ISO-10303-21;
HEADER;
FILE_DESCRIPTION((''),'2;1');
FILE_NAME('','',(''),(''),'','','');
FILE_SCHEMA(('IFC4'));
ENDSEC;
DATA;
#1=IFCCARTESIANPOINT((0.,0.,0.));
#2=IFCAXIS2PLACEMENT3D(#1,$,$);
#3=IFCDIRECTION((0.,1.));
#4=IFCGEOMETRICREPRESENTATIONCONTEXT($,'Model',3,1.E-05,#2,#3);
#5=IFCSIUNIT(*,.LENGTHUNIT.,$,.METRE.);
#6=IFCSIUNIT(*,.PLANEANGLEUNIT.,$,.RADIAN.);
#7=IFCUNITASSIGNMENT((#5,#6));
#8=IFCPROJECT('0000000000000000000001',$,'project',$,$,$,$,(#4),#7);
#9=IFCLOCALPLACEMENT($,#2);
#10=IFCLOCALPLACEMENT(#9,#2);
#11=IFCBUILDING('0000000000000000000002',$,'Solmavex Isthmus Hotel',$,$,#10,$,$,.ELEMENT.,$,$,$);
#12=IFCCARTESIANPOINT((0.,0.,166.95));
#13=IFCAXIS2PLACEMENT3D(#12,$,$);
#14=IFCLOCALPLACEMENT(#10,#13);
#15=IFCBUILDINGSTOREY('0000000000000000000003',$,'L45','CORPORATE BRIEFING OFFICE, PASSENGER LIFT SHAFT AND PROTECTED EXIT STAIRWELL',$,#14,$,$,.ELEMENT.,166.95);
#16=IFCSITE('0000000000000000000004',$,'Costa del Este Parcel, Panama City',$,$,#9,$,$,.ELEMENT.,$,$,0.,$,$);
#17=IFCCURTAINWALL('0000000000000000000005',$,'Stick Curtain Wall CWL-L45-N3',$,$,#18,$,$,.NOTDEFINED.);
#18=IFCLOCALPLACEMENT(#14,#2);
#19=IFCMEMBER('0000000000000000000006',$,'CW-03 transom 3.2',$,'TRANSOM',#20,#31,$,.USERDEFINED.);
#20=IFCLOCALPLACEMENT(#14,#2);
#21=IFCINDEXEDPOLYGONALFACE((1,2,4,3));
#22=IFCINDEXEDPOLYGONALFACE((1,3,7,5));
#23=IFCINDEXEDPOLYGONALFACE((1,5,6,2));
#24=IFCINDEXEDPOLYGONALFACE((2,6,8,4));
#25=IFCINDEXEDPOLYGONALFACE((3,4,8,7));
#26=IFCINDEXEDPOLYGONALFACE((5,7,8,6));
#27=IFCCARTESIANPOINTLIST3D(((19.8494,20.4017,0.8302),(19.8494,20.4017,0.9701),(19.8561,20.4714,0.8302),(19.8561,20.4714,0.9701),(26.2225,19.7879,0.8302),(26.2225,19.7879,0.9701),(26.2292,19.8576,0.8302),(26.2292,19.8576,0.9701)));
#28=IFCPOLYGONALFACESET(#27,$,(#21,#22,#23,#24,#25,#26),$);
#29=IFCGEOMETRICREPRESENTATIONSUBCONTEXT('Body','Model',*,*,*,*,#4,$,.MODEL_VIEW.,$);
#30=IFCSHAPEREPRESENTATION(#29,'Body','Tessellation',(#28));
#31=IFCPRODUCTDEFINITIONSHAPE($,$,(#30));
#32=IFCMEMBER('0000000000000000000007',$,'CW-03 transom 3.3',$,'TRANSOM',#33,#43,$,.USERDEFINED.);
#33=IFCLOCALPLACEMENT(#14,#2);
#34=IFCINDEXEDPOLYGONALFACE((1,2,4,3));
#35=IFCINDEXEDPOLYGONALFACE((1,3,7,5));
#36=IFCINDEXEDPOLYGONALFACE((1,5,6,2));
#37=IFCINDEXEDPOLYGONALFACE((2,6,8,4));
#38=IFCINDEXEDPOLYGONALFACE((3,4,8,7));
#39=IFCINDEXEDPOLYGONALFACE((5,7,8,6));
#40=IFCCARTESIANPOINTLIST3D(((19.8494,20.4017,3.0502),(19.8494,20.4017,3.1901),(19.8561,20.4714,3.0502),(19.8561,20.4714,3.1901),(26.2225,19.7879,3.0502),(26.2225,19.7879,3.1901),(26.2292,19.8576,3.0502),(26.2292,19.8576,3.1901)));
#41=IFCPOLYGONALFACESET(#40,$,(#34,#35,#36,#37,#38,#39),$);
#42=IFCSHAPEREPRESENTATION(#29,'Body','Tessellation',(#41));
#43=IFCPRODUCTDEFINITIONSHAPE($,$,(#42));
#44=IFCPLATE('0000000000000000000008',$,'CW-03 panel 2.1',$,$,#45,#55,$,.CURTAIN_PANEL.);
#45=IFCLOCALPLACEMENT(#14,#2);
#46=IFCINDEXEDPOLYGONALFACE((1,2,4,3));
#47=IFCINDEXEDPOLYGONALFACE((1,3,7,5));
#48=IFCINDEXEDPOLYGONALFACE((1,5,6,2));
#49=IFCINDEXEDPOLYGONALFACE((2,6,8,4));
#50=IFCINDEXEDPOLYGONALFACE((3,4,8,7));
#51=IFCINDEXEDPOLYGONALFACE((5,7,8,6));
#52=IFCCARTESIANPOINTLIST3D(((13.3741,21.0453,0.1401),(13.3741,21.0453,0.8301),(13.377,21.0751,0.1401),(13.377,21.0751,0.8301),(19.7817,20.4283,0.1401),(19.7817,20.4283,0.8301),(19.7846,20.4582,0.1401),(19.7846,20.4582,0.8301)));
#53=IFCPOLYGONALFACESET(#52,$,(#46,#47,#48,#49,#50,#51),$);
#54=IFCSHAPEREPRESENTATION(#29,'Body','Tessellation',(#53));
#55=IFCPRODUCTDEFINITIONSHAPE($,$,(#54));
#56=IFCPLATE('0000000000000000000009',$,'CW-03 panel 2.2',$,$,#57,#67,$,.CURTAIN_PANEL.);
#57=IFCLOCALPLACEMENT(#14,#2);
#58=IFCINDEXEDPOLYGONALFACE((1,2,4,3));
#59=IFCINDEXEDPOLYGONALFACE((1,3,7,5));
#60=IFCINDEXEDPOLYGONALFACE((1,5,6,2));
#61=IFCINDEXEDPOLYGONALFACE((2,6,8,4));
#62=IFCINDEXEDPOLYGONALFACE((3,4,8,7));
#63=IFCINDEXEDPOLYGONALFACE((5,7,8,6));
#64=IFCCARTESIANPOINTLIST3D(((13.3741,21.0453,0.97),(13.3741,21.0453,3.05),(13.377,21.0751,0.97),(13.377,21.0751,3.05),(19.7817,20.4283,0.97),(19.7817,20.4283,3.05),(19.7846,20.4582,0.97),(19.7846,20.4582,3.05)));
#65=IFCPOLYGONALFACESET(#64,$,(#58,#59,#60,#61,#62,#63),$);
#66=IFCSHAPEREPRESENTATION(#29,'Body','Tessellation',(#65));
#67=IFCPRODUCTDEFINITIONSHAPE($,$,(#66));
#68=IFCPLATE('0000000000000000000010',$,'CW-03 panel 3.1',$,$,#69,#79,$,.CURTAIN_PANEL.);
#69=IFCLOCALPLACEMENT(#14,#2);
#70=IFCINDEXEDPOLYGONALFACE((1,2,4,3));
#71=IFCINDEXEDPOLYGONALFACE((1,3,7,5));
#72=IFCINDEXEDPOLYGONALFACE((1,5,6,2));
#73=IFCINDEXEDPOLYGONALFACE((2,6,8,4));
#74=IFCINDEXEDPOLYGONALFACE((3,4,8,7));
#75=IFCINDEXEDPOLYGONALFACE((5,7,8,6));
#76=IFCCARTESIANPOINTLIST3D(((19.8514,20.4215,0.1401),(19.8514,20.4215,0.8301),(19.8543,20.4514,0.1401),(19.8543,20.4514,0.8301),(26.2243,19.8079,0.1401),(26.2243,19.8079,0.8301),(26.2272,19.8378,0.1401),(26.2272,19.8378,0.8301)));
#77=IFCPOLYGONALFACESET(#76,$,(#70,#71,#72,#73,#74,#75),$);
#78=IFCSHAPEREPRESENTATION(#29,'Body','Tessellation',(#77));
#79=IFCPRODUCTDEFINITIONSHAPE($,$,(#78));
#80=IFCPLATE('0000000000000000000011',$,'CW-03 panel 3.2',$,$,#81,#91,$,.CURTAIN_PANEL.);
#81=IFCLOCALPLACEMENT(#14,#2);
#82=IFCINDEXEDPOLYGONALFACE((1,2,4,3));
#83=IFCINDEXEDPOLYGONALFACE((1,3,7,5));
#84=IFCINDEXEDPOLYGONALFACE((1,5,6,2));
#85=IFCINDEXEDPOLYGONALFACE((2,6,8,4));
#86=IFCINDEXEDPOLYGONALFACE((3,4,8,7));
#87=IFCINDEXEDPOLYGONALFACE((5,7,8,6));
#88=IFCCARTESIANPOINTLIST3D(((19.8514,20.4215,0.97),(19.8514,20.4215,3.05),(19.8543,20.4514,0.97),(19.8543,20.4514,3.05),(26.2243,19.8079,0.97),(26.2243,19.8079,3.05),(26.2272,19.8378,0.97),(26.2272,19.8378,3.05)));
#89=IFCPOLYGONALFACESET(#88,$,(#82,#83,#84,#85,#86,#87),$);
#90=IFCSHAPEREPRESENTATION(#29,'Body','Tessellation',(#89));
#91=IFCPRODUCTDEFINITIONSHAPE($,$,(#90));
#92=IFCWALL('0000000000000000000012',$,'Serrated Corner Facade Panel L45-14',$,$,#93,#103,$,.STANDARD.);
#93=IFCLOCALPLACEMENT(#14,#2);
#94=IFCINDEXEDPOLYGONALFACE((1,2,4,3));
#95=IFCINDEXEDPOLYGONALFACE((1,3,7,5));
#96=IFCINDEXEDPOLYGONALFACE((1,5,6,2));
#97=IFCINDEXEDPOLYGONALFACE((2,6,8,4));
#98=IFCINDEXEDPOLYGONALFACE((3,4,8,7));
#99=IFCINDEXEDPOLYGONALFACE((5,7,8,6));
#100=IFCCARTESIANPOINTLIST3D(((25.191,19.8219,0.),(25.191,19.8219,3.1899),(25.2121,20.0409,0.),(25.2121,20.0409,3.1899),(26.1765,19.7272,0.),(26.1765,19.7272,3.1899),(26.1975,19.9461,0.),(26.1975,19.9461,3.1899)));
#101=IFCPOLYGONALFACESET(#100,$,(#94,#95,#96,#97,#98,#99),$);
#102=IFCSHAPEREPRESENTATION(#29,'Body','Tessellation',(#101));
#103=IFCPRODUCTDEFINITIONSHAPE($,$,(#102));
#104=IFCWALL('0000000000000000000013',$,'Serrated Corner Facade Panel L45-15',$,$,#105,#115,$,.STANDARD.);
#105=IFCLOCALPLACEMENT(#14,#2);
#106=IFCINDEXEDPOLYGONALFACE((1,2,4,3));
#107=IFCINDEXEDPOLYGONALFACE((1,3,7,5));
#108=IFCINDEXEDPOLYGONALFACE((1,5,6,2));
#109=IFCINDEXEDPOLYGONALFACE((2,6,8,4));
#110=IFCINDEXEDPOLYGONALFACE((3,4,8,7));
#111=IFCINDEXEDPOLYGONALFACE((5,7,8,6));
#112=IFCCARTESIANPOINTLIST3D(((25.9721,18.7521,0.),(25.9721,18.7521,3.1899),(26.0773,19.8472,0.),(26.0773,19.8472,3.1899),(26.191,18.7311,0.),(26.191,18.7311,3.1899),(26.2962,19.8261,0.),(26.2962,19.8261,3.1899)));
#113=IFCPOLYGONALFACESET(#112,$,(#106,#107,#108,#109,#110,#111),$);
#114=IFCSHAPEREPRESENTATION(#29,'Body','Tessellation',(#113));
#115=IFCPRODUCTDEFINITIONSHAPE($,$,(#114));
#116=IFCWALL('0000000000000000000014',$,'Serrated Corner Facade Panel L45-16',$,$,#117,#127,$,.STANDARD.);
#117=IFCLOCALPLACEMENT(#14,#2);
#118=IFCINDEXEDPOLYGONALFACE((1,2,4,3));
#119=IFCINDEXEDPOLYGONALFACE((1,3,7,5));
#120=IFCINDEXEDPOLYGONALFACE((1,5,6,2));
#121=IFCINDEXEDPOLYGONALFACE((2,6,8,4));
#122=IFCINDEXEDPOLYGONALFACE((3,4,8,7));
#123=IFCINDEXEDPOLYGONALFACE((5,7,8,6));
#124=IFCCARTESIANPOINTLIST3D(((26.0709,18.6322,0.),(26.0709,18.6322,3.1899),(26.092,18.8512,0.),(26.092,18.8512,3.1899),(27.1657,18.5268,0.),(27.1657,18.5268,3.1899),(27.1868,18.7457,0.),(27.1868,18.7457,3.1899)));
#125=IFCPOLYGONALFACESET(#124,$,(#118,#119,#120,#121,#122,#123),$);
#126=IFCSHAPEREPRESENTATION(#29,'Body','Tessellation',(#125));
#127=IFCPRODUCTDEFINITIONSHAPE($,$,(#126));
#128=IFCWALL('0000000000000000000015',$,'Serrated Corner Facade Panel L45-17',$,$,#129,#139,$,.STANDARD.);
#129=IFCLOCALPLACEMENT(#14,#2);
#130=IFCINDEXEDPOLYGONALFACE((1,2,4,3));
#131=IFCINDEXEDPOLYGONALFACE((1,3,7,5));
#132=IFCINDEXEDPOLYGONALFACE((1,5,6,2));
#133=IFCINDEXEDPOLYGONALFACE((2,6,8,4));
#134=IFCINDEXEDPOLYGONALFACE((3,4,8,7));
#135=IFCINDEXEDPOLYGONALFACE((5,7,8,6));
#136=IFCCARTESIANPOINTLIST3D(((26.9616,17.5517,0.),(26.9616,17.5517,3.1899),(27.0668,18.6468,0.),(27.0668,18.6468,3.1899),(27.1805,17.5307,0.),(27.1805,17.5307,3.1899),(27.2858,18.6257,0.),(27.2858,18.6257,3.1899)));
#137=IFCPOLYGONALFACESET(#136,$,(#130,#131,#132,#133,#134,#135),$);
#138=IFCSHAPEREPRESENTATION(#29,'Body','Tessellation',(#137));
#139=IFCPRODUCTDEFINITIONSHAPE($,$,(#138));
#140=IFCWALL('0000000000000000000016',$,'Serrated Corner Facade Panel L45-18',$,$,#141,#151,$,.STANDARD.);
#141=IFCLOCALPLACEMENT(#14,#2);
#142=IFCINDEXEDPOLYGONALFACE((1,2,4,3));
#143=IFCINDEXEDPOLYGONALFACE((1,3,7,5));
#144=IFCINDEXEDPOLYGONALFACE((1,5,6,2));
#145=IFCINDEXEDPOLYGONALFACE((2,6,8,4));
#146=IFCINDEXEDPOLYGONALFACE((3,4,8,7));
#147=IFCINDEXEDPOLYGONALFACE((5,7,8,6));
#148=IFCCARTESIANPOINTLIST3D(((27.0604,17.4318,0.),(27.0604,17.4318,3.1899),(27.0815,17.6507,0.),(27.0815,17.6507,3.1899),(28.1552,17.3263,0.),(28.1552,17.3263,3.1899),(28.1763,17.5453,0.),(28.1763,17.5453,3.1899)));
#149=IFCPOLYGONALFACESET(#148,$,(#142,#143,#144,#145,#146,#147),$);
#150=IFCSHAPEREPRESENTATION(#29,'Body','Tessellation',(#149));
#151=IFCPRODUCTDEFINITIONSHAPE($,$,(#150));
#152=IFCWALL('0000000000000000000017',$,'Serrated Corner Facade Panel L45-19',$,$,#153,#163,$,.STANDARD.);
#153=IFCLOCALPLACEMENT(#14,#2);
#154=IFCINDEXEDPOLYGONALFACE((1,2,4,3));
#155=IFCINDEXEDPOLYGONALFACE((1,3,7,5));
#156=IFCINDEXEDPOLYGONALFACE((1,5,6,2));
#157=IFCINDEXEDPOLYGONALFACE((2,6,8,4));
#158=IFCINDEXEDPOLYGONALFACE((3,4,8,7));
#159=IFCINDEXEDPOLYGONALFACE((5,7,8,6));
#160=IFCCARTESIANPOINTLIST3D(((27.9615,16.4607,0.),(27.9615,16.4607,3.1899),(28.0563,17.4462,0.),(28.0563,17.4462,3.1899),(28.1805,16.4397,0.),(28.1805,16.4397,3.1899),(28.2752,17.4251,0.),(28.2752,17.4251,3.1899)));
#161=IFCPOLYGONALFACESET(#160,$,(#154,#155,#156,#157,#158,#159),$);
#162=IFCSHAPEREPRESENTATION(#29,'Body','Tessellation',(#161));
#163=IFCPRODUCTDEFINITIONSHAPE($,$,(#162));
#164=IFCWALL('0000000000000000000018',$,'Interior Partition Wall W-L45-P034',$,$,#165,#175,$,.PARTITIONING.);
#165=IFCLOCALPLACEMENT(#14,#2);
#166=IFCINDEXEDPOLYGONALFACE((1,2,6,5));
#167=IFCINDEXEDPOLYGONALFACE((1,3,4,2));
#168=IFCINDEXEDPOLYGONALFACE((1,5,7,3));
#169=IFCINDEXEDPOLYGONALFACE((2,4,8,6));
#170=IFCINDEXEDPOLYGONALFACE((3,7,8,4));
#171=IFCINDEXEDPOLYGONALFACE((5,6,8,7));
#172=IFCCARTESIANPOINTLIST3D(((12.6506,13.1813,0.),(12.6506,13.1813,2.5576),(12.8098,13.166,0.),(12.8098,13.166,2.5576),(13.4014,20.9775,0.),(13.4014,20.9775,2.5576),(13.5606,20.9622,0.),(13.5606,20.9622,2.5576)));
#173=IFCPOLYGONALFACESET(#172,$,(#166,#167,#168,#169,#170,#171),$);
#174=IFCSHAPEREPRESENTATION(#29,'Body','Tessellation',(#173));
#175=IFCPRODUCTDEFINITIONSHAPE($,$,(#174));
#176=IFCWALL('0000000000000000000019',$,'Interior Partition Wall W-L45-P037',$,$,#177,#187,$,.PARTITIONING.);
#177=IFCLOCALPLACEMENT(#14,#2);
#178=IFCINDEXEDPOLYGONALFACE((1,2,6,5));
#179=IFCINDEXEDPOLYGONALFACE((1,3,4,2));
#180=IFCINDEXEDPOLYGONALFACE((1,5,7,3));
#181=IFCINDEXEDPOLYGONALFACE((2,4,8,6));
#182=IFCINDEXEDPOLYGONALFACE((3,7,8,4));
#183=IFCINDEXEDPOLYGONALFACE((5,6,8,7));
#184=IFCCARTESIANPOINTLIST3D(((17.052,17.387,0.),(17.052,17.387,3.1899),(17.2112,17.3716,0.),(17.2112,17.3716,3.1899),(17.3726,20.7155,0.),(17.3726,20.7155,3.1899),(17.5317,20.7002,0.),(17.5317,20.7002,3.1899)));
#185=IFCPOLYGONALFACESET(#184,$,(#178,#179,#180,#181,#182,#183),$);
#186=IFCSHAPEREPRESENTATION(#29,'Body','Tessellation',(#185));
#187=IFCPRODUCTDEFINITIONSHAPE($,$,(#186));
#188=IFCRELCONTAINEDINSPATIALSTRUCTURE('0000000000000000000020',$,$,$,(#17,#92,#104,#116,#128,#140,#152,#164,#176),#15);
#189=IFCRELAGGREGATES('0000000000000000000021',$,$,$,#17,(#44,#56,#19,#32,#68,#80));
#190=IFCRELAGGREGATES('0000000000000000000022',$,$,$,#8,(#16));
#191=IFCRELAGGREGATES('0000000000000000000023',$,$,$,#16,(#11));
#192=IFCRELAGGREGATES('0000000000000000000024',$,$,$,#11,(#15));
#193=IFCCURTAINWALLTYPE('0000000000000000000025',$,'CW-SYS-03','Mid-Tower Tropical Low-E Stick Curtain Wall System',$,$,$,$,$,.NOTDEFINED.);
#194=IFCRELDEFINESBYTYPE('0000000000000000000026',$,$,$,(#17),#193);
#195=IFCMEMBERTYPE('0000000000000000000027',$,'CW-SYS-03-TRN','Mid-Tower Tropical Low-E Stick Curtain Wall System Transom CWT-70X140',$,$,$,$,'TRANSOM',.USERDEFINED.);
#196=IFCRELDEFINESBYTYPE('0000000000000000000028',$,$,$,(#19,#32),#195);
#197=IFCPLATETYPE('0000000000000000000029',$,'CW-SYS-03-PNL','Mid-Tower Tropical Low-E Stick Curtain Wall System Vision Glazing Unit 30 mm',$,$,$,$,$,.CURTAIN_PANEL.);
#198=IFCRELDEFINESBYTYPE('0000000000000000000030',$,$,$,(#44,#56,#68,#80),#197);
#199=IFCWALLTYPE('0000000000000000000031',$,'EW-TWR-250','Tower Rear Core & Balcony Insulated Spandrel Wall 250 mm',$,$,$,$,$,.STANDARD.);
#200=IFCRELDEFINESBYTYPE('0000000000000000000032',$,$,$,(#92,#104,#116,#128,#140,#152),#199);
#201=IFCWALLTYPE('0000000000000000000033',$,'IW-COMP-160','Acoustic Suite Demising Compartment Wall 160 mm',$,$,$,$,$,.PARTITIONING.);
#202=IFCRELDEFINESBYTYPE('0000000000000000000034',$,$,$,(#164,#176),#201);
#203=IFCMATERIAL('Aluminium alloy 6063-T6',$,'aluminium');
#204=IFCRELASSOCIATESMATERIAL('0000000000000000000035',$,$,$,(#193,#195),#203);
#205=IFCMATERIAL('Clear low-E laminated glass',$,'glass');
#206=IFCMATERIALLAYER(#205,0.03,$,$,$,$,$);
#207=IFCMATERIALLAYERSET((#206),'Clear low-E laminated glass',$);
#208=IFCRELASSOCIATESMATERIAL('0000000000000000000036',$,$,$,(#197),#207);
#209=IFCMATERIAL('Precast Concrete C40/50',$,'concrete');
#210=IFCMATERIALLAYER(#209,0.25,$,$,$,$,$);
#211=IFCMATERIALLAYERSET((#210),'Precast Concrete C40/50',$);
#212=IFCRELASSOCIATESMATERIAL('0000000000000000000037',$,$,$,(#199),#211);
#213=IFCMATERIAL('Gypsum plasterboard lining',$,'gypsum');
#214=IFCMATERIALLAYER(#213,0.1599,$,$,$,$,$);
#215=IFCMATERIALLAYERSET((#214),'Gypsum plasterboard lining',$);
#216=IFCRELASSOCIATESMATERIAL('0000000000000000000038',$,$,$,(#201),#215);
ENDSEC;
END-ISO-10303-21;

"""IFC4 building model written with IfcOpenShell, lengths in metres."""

from ifc_helpers import new_model, si_unit, direction, frame, frame_2d, origin, origin_2d, place, context, subcontext, project, spatial, rectangle, extrude, material, layer, layer_set, material_profile, profile_set, type_object, element, aggregate, save


model = new_model("IFC4")

# Units and contexts
model_context = context("Model", 3, precision=1e-05, world=origin(), true_north=direction((0.0, 1.0)))
body_context = subcontext(model_context, "Body", "Model", "MODEL_VIEW")
ifc_project = project(units=[si_unit("LENGTHUNIT", "METRE"), si_unit("PLANEANGLEUNIT", "RADIAN")], contexts=[model_context])

# Site, building, storey
site_placement = place(None, origin())
site = spatial("IfcSite", under=ifc_project, at=site_placement, Name="Costa del Este Parcel, Panama City", CompositionType="ELEMENT", RefElevation=0.0)
building_placement = place(site_placement, origin())
building = spatial("IfcBuilding", under=site, at=building_placement, Name="Solmavex Isthmus Hotel", CompositionType="ELEMENT")
storey_placement = place(building_placement, frame((0.0, 0.0, 166.95)))
storey = spatial("IfcBuildingStorey", under=building, at=storey_placement, Name="L45", Description="CORPORATE BRIEFING OFFICE, PASSENGER LIFT SHAFT AND PROTECTED EXIT STAIRWELL", CompositionType="ELEMENT", Elevation=166.95)

# Curtain wall
ifc_material_1 = material(Name="Aluminium alloy 6063-T6", Category="aluminium")
curtain_wall_type = type_object("IfcCurtainWallType", Name="CW-SYS-03", Description="Mid-Tower Tropical Low-E Stick Curtain Wall System", PredefinedType="NOTDEFINED", material=ifc_material_1)
curtain_wall_1_placement = place(storey_placement, origin())
curtain_wall_1 = element("IfcCurtainWall", 1, at=curtain_wall_1_placement, inside=storey, type_object=curtain_wall_type, Name="Stick Curtain Wall CWL-L45-N3", PredefinedType="NOTDEFINED")

# Members
ifc_material_profile_1 = material_profile(ifc_material_1, rectangle(XDim=0.0701, YDim=0.1399, at=origin_2d()), Name="CWT-70X140")
ifc_profile_set_1 = profile_set([ifc_material_profile_1], Name="Aluminium alloy 6063-T6")
member_type_1 = type_object("IfcMemberType", Name="CW-SYS-03-TRN", Description="Mid-Tower Tropical Low-E Stick Curtain Wall System Transom CWT-70X140", ElementType="TRANSOM", PredefinedType="USERDEFINED", material=ifc_profile_set_1)
member_1_placement = place(storey_placement, frame((19.8528, 20.4365, 0.9001), z_axis=(0.995394, -0.095864, 0.0), x_axis=(0.095864, 0.995394, 0.0)))
member_1 = element("IfcMember", 2, at=member_1_placement, type_object=member_type_1, Name="CW-03 transom 3.2", ObjectType="TRANSOM", PredefinedType="USERDEFINED", context=body_context, shape_type="SweptSolid", body=[
    extrude(rectangle(XDim=0.0701, YDim=0.1399, at=origin_2d()), origin(), (0.0, 0.0, 1.0), 6.4026),
])
member_2_placement = place(storey_placement, frame((19.8528, 20.4365, 3.1201), z_axis=(0.995394, -0.095864, 0.0), x_axis=(0.095864, 0.995394, 0.0)))
member_2 = element("IfcMember", 3, at=member_2_placement, type_object=member_type_1, Name="CW-03 transom 3.3", ObjectType="TRANSOM", PredefinedType="USERDEFINED", context=body_context, shape_type="SweptSolid", body=[
    extrude(rectangle(XDim=0.0701, YDim=0.1399, at=origin_2d()), origin(), (0.0, 0.0, 1.0), 6.4026),
])

# Plates
ifc_material_2 = material(Name="Clear low-E laminated glass", Category="glass")
ifc_layer_1 = layer(ifc_material_2, 0.03)
ifc_layer_set_1 = layer_set([ifc_layer_1], Name="Clear low-E laminated glass")
plate_type = type_object("IfcPlateType", Name="CW-SYS-03-PNL", Description="Mid-Tower Tropical Low-E Stick Curtain Wall System Vision Glazing Unit 30 mm", PredefinedType="CURTAIN_PANEL", material=ifc_layer_set_1)
plate_1_placement = place(storey_placement, frame((16.5793, 20.7517, 0.1401), z_axis=(0.0, 0.0, 1.0), x_axis=(0.995396, -0.095846, 0.0)))
plate_1 = element("IfcPlate", 4, at=plate_1_placement, type_object=plate_type, Name="CW-03 panel 2.1", PredefinedType="CURTAIN_PANEL", context=body_context, shape_type="SweptSolid", body=[
    extrude(rectangle(XDim=6.4373, YDim=0.03, at=origin_2d()), origin(), (0.0, 0.0, 1.0), 0.6899),
])
plate_2_placement = place(storey_placement, frame((16.5793, 20.7517, 0.97), z_axis=(0.0, 0.0, 1.0), x_axis=(0.995396, -0.095846, 0.0)))
plate_2 = element("IfcPlate", 5, at=plate_2_placement, type_object=plate_type, Name="CW-03 panel 2.2", PredefinedType="CURTAIN_PANEL", context=body_context, shape_type="SweptSolid", body=[
    extrude(rectangle(XDim=6.4373, YDim=0.03, at=origin_2d()), origin(), (0.0, 0.0, 1.0), 2.0801),
])
plate_3_placement = place(storey_placement, frame((23.0393, 20.1296, 0.1401), z_axis=(0.0, 0.0, 1.0), x_axis=(0.995396, -0.095846, 0.0)))
plate_3 = element("IfcPlate", 6, at=plate_3_placement, type_object=plate_type, Name="CW-03 panel 3.1", PredefinedType="CURTAIN_PANEL", context=body_context, shape_type="SweptSolid", body=[
    extrude(rectangle(XDim=6.4023, YDim=0.03, at=origin_2d()), origin(), (0.0, 0.0, 1.0), 0.6899),
])
plate_4_placement = place(storey_placement, frame((23.0393, 20.1296, 0.97), z_axis=(0.0, 0.0, 1.0), x_axis=(0.995396, -0.095846, 0.0)))
plate_4 = element("IfcPlate", 7, at=plate_4_placement, type_object=plate_type, Name="CW-03 panel 3.2", PredefinedType="CURTAIN_PANEL", context=body_context, shape_type="SweptSolid", body=[
    extrude(rectangle(XDim=6.4023, YDim=0.03, at=origin_2d()), origin(), (0.0, 0.0, 1.0), 2.0801),
])
aggregate(curtain_wall_1, [plate_1, plate_2, member_1, member_2, plate_3, plate_4])

# Walls
ifc_material_3 = material(Name="Precast Concrete C40/50", Category="concrete")
ifc_layer_2 = layer(ifc_material_3, 0.25)
ifc_layer_set_2 = layer_set([ifc_layer_2], Name="Precast Concrete C40/50")
wall_type_1 = type_object("IfcWallType", Name="EW-TWR-250", Description="Tower Rear Core & Balcony Insulated Spandrel Wall 250 mm", PredefinedType="STANDARD", material=ifc_layer_set_2)
wall_1_placement = place(storey_placement, frame((25.2014, 19.9314, 0.0), z_axis=(0.0, 0.0, 1.0), x_axis=(0.995411, -0.095694, 0.0)))
element("IfcWall", 8, at=wall_1_placement, inside=storey, type_object=wall_type_1, Name="Serrated Corner Facade Panel L45-14", PredefinedType="STANDARD", context=body_context, shape_type="SweptSolid", body=[
    extrude(rectangle(XDim=0.99, YDim=0.22, at=frame_2d((0.4951, 0.0))), origin(), (0.0, 0.0, 1.0), 3.1899),
])
wall_2_placement = place(storey_placement, frame((26.1868, 19.8367, 0.0), z_axis=(0.0, 0.0, 1.0), x_axis=(-0.095657, -0.995414, 0.0)))
element("IfcWall", 9, at=wall_2_placement, inside=storey, type_object=wall_type_1, Name="Serrated Corner Facade Panel L45-15", PredefinedType="STANDARD", context=body_context, shape_type="SweptSolid", body=[
    extrude(rectangle(XDim=1.1001, YDim=0.22, at=frame_2d((0.55, 0.0))), origin(), (0.0, 0.0, 1.0), 3.1899),
])
wall_3_placement = place(storey_placement, frame((26.0815, 18.7417, 0.0), z_axis=(0.0, 0.0, 1.0), x_axis=(0.995391, -0.095899, 0.0)))
element("IfcWall", 10, at=wall_3_placement, inside=storey, type_object=wall_type_1, Name="Serrated Corner Facade Panel L45-16", PredefinedType="STANDARD", context=body_context, shape_type="SweptSolid", body=[
    extrude(rectangle(XDim=1.0999, YDim=0.22, at=frame_2d((0.5498, 0.0))), origin(), (0.0, 0.0, 1.0), 3.1899),
])
wall_4_placement = place(storey_placement, frame((27.1763, 18.6362, 0.0), z_axis=(0.0, 0.0, 1.0), x_axis=(-0.095657, -0.995414, 0.0)))
element("IfcWall", 11, at=wall_4_placement, inside=storey, type_object=wall_type_1, Name="Serrated Corner Facade Panel L45-17", PredefinedType="STANDARD", context=body_context, shape_type="SweptSolid", body=[
    extrude(rectangle(XDim=1.1001, YDim=0.22, at=frame_2d((0.55, 0.0))), origin(), (0.0, 0.0, 1.0), 3.1899),
])
wall_5_placement = place(storey_placement, frame((27.071, 17.5413, 0.0), z_axis=(0.0, 0.0, 1.0), x_axis=(0.995391, -0.095899, 0.0)))
element("IfcWall", 12, at=wall_5_placement, inside=storey, type_object=wall_type_1, Name="Serrated Corner Facade Panel L45-18", PredefinedType="STANDARD", context=body_context, shape_type="SweptSolid", body=[
    extrude(rectangle(XDim=1.0999, YDim=0.22, at=frame_2d((0.5498, 0.0))), origin(), (0.0, 0.0, 1.0), 3.1899),
])
wall_6_placement = place(storey_placement, frame((28.1658, 17.4358, 0.0), z_axis=(0.0, 0.0, 1.0), x_axis=(-0.095694, -0.995411, 0.0)))
element("IfcWall", 13, at=wall_6_placement, inside=storey, type_object=wall_type_1, Name="Serrated Corner Facade Panel L45-19", PredefinedType="STANDARD", context=body_context, shape_type="SweptSolid", body=[
    extrude(rectangle(XDim=0.99, YDim=0.22, at=frame_2d((0.4951, 0.0))), origin(), (0.0, 0.0, 1.0), 3.1899),
])
ifc_material_4 = material(Name="Gypsum plasterboard lining", Category="gypsum")
ifc_layer_3 = layer(ifc_material_4, 0.1599)
ifc_layer_set_3 = layer_set([ifc_layer_3], Name="Gypsum plasterboard lining")
wall_type_2 = type_object("IfcWallType", Name="IW-COMP-160", Description="Acoustic Suite Demising Compartment Wall 160 mm", PredefinedType="PARTITIONING", material=ifc_layer_set_3)
wall_7_placement = place(storey_placement, frame((13.481, 20.9697, 0.0), z_axis=(0.0, 0.0, 1.0), x_axis=(-0.095852, -0.995396, 0.0)))
element("IfcWall", 14, at=wall_7_placement, inside=storey, type_object=wall_type_2, Name="Interior Partition Wall W-L45-P034", PredefinedType="PARTITIONING", context=body_context, shape_type="SweptSolid", body=[
    extrude(rectangle(XDim=7.8323, YDim=0.1599, at=frame_2d((3.916, 0.0))), origin(), (0.0, 0.0, 1.0), 2.5576),
])
wall_8_placement = place(storey_placement, frame((17.4521, 20.7078, 0.0), z_axis=(0.0, 0.0, 1.0), x_axis=(-0.09586, -0.995395, 0.0)))
element("IfcWall", 15, at=wall_8_placement, inside=storey, type_object=wall_type_2, Name="Interior Partition Wall W-L45-P037", PredefinedType="PARTITIONING", context=body_context, shape_type="SweptSolid", body=[
    extrude(rectangle(XDim=3.344, YDim=0.1599, at=frame_2d((1.6719, 0.0))), origin(), (0.0, 0.0, 1.0), 3.1899),
])

save(model, "model.ifc")
